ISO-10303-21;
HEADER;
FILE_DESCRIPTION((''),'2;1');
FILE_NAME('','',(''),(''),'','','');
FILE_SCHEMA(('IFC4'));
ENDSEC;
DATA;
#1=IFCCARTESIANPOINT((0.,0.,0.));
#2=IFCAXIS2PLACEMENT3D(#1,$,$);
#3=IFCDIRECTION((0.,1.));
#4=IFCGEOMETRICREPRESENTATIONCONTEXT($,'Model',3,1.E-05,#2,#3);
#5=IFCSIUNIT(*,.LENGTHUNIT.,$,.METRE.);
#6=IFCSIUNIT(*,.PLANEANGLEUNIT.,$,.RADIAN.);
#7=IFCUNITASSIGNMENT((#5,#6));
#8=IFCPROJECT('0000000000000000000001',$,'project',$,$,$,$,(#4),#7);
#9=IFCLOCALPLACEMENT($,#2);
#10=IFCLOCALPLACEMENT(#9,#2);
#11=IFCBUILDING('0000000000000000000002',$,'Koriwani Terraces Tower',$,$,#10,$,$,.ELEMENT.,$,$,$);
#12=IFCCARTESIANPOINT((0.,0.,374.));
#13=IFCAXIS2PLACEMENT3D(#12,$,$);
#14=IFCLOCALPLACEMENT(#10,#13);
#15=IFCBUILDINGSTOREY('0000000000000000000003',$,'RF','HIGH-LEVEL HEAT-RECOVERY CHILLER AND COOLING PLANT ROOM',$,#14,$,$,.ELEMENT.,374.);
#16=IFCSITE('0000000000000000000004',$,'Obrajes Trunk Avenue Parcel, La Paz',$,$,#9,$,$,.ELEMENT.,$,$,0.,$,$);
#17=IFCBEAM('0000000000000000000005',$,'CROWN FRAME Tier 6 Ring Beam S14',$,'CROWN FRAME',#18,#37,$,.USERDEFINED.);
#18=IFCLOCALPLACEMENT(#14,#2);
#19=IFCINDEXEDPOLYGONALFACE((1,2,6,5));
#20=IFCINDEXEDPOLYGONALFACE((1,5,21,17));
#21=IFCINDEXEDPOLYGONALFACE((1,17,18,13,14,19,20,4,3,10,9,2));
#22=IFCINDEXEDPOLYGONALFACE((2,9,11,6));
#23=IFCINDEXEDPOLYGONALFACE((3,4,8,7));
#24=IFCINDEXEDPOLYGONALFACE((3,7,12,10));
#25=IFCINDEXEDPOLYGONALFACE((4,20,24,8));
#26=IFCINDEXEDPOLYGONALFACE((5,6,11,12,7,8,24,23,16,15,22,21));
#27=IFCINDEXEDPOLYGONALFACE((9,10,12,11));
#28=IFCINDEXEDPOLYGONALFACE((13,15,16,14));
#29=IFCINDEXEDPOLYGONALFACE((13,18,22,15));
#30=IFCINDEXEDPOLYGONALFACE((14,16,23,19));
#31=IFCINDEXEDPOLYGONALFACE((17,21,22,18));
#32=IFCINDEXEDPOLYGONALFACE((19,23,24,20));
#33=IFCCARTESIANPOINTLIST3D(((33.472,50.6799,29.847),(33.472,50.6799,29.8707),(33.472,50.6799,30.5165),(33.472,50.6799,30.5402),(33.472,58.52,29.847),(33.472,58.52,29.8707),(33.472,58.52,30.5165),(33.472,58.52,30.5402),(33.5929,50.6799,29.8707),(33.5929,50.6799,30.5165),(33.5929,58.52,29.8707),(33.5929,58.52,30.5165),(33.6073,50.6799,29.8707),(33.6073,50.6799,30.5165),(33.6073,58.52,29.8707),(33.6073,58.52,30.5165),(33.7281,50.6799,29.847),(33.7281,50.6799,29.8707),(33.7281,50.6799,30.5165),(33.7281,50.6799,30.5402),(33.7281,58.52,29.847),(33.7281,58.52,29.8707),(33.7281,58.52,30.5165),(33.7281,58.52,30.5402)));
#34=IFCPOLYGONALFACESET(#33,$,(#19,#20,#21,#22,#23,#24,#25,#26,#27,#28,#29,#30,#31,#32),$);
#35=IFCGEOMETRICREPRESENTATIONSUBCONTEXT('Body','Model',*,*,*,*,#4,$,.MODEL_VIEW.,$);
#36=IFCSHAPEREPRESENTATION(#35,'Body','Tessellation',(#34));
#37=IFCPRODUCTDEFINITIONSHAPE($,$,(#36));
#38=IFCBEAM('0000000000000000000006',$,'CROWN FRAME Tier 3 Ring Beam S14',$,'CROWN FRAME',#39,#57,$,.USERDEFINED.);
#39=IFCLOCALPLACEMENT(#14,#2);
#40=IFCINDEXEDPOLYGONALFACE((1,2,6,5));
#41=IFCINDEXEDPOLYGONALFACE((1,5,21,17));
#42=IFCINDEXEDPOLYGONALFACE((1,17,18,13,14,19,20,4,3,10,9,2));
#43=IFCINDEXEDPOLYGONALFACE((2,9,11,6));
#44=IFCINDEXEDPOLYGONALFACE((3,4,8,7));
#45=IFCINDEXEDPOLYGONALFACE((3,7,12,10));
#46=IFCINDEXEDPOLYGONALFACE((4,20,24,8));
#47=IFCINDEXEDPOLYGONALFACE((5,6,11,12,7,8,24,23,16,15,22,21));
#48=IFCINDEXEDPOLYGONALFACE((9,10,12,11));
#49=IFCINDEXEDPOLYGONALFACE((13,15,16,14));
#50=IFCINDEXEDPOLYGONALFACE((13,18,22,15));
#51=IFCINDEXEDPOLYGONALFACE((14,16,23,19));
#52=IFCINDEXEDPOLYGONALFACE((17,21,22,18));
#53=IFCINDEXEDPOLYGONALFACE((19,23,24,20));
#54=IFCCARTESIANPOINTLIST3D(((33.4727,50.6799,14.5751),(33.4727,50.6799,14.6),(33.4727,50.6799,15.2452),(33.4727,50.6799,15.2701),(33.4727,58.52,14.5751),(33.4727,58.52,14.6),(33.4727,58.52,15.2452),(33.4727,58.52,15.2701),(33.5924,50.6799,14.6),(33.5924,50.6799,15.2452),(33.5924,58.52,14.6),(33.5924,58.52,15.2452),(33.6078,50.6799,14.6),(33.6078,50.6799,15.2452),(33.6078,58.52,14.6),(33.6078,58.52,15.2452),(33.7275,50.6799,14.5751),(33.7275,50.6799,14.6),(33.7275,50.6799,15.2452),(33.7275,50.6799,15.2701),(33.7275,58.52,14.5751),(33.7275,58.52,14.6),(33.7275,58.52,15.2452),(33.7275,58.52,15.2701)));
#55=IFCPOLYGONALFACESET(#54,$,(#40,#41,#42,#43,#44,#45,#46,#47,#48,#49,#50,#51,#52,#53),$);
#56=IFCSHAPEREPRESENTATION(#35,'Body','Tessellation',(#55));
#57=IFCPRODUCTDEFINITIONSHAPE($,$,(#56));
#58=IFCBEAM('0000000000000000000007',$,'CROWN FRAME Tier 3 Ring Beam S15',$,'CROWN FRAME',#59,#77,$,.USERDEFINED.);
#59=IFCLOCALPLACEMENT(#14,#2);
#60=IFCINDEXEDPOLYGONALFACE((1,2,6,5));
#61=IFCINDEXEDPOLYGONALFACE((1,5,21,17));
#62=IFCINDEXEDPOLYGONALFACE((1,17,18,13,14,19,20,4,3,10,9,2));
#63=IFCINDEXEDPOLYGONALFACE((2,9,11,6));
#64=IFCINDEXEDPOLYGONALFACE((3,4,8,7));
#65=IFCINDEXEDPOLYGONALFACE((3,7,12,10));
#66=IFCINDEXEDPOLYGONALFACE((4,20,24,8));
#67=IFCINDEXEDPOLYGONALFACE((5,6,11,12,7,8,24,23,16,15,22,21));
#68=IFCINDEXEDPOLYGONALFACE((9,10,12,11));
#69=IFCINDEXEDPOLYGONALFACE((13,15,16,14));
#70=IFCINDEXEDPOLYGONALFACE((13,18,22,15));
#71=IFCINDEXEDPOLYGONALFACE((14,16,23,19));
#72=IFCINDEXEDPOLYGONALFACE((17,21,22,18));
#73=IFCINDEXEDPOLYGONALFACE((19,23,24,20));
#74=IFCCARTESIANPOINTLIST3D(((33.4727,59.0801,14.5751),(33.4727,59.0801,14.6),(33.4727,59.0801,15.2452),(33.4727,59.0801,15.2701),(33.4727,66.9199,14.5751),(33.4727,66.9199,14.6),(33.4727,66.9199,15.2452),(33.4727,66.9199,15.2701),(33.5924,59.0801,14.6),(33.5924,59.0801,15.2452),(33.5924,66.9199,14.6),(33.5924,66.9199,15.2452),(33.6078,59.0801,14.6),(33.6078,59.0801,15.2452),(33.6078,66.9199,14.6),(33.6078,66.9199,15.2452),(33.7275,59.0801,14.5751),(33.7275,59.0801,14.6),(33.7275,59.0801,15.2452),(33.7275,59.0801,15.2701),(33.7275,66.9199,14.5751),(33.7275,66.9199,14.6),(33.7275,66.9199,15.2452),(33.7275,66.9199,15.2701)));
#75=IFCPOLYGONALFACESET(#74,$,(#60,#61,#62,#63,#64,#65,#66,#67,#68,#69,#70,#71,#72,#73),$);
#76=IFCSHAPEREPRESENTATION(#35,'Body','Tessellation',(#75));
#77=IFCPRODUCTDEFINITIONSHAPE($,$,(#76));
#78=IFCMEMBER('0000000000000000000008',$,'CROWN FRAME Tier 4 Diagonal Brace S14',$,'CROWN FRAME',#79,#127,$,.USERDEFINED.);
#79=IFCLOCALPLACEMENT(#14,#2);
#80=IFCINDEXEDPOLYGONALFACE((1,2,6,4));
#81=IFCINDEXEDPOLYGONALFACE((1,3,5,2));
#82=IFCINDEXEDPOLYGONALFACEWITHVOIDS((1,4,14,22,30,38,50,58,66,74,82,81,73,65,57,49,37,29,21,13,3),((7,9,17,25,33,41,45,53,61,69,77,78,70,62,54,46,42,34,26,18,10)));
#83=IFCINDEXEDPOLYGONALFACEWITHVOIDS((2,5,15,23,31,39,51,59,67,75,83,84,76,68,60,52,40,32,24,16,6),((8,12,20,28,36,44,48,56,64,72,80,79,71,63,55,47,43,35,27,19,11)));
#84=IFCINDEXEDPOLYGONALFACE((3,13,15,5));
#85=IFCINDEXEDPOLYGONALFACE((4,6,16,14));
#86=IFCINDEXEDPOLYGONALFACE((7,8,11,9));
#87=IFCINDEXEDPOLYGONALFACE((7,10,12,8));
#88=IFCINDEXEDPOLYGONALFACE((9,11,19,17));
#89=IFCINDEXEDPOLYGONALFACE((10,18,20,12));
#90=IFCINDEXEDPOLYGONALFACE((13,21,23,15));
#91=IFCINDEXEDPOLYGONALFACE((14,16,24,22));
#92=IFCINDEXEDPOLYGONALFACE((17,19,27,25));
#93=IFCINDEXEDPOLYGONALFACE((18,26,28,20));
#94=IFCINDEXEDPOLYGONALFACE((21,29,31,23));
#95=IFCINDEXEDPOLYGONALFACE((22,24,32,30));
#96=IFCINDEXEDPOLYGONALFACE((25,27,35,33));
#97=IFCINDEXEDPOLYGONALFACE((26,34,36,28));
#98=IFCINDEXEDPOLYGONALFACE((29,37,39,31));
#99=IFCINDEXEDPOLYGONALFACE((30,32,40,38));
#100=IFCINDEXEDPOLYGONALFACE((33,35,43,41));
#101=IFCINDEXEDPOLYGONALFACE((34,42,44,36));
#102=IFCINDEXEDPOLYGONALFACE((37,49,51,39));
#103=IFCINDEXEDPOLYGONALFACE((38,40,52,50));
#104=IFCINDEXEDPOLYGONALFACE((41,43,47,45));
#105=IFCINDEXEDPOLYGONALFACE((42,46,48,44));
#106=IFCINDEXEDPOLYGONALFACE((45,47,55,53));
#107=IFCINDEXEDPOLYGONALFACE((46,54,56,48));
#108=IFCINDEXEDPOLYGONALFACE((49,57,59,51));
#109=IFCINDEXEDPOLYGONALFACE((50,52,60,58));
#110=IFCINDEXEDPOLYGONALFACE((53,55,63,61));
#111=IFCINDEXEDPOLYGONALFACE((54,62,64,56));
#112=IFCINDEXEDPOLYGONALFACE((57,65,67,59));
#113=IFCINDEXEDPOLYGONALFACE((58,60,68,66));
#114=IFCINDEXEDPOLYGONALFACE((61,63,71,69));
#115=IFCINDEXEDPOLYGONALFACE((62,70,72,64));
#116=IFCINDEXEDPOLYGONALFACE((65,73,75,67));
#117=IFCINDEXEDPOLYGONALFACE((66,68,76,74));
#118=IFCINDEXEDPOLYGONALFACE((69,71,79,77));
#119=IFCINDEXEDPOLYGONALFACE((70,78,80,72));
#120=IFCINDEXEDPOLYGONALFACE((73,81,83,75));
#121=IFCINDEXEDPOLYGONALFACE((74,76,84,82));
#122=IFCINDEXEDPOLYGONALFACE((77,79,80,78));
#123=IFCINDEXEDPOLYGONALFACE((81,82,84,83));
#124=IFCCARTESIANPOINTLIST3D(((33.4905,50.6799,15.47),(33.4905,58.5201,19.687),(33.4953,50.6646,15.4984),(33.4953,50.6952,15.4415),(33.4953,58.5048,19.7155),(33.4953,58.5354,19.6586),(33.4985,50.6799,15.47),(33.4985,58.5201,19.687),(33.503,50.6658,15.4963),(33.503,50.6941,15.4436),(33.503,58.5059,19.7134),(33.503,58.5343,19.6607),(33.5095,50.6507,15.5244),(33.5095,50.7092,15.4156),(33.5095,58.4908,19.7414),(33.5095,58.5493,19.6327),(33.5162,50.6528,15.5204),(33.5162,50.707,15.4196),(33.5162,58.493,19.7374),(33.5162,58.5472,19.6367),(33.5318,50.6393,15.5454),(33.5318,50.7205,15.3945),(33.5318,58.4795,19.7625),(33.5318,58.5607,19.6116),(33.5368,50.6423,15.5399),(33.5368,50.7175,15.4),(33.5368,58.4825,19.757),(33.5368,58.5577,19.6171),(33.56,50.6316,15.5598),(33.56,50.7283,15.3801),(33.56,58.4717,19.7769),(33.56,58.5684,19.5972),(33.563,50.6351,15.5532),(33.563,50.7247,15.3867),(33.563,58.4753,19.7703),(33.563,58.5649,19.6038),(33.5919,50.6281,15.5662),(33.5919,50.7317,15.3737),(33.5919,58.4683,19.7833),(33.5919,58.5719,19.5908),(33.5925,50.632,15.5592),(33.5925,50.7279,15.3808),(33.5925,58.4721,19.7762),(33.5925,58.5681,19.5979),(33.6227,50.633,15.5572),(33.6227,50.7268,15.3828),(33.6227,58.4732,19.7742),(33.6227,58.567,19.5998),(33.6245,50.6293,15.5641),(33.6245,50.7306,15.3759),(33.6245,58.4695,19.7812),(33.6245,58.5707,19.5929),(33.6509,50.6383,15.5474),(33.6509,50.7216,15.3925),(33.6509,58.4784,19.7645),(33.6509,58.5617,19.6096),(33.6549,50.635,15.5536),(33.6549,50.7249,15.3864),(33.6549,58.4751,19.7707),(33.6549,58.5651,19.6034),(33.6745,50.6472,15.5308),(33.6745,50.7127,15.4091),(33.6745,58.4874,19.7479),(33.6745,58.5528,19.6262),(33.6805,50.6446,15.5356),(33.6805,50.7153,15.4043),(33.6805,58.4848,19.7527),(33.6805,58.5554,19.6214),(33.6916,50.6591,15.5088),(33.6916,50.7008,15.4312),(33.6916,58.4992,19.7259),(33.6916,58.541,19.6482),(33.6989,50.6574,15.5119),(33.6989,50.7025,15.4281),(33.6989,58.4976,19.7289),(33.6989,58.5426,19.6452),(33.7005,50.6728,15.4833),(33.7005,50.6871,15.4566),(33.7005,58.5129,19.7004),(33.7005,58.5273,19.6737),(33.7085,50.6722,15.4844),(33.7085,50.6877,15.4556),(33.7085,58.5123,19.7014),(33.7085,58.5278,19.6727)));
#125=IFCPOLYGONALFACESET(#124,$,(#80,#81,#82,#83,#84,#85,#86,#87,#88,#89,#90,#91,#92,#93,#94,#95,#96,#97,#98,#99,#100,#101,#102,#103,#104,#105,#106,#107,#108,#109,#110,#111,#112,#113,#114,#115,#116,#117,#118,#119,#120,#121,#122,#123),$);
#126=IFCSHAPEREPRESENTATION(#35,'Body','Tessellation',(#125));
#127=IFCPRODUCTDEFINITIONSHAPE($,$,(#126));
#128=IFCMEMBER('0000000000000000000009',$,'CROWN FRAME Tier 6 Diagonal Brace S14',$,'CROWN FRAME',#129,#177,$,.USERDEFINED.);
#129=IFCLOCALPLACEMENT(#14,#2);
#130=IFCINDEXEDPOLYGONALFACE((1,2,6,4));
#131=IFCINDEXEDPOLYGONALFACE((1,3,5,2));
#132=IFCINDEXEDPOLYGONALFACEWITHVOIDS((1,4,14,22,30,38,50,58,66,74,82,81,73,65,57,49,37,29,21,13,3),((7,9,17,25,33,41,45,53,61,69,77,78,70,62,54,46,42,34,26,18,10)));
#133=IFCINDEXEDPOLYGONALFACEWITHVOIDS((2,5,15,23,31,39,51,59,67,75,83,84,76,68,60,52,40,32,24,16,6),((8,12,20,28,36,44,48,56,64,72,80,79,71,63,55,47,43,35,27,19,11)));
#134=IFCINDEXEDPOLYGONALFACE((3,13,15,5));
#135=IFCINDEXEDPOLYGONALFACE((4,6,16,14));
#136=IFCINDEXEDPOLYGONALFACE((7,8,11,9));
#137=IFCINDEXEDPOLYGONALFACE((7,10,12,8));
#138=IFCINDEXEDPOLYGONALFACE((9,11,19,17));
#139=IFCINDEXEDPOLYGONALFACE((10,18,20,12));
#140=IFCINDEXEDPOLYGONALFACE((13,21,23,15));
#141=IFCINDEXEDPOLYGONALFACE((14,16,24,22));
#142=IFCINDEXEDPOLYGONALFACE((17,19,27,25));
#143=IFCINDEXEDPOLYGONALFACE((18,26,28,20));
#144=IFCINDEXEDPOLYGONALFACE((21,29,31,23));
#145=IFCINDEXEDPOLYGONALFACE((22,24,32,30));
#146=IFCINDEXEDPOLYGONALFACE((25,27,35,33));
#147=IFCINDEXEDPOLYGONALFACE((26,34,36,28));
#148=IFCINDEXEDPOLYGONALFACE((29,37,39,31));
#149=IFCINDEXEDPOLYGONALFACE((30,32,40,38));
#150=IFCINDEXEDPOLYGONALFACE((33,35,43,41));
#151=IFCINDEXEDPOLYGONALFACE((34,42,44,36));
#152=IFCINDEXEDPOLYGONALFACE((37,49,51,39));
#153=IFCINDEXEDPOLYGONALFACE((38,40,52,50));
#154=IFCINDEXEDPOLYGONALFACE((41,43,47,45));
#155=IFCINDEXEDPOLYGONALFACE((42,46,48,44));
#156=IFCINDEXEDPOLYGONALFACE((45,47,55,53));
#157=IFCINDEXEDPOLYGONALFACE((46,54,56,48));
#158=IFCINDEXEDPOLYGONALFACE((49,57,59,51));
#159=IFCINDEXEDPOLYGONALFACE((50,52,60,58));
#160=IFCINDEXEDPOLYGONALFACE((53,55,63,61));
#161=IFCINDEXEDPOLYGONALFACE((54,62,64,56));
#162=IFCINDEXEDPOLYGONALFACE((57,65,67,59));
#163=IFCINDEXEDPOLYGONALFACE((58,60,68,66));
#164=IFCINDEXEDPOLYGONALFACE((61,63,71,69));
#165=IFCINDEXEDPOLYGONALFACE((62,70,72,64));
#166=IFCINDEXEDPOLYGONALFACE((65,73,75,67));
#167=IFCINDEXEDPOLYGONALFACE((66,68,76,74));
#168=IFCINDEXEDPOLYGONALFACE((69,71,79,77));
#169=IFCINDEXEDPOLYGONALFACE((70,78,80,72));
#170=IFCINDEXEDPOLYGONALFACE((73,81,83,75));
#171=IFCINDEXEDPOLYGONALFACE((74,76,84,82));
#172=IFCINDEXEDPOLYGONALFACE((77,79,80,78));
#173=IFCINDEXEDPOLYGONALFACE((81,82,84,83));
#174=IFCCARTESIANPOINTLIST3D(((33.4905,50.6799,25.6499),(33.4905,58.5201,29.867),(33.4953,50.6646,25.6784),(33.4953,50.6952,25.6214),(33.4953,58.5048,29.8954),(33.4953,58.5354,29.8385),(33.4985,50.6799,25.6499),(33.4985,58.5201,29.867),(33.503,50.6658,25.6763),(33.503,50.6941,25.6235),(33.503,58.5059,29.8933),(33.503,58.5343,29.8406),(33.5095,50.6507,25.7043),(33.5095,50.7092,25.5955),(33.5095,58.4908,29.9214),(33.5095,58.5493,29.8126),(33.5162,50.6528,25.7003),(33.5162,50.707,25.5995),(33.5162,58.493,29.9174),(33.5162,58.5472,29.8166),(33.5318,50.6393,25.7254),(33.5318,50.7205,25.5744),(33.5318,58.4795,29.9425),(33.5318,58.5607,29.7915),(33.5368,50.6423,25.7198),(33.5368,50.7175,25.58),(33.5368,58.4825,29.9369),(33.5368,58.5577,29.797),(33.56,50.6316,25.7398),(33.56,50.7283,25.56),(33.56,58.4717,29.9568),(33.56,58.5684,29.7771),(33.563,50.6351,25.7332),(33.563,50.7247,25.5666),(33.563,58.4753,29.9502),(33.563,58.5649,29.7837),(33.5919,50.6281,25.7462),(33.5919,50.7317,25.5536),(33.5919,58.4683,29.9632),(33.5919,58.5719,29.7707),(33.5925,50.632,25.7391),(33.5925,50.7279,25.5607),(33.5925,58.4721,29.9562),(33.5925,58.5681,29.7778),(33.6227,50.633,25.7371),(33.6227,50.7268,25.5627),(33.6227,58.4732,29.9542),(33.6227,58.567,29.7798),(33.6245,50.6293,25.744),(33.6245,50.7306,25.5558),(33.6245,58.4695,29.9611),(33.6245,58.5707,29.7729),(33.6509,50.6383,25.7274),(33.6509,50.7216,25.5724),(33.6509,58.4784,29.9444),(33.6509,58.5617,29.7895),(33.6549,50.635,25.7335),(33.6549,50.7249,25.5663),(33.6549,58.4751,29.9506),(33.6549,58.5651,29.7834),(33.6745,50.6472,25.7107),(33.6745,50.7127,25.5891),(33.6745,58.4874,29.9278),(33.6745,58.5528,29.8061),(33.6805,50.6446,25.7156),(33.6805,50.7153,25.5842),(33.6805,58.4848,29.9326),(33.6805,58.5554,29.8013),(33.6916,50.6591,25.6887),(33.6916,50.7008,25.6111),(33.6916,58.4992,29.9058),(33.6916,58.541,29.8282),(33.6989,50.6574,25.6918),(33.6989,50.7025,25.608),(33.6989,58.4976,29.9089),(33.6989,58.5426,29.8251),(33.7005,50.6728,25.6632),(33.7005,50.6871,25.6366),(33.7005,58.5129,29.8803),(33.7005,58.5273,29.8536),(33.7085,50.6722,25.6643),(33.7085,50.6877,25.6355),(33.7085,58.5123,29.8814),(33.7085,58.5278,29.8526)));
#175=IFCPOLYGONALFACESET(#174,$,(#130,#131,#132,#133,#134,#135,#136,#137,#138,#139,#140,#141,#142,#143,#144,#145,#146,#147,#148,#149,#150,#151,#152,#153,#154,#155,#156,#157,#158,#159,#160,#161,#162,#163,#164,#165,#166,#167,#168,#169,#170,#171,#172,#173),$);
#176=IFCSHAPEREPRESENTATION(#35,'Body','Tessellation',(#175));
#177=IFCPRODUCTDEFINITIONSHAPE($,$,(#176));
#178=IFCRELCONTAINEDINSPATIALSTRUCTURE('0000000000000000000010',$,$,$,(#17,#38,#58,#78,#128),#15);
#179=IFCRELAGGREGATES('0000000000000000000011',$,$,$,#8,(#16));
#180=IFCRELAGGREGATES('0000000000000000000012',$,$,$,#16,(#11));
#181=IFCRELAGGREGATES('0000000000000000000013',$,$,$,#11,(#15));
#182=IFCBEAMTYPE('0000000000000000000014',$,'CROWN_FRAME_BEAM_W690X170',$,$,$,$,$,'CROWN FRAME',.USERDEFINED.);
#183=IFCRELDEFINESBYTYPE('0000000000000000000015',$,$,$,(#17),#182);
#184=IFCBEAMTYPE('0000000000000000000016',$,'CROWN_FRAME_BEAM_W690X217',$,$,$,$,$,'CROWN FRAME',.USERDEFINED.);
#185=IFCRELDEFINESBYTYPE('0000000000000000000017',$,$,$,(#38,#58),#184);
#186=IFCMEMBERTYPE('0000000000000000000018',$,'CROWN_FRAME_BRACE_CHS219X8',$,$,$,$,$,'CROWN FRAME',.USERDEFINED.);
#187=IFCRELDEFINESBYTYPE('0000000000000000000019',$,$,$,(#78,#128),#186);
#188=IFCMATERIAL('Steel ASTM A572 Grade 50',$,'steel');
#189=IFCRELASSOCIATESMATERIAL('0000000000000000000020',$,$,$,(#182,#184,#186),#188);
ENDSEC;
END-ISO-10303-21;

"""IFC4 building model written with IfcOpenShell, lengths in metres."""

from ifc_helpers import new_model, si_unit, direction, frame, origin, origin_2d, place, context, subcontext, project, spatial, hollow_circle, i_section, extrude, material, material_profile, profile_set, type_object, element, save


model = new_model("IFC4")

# Units and contexts
model_context = context("Model", 3, precision=1e-05, world=origin(), true_north=direction((0.0, 1.0)))
body_context = subcontext(model_context, "Body", "Model", "MODEL_VIEW")
ifc_project = project(units=[si_unit("LENGTHUNIT", "METRE"), si_unit("PLANEANGLEUNIT", "RADIAN")], contexts=[model_context])

# Site, building, storey
site_placement = place(None, origin())
site = spatial("IfcSite", under=ifc_project, at=site_placement, Name="Obrajes Trunk Avenue Parcel, La Paz", CompositionType="ELEMENT", RefElevation=0.0)
building_placement = place(site_placement, origin())
building = spatial("IfcBuilding", under=site, at=building_placement, Name="Koriwani Terraces Tower", CompositionType="ELEMENT")
storey_placement = place(building_placement, frame((0.0, 0.0, 374.0)))
storey = spatial("IfcBuildingStorey", under=building, at=storey_placement, Name="RF", Description="HIGH-LEVEL HEAT-RECOVERY CHILLER AND COOLING PLANT ROOM", CompositionType="ELEMENT", Elevation=374.0)

# Shared definitions
ifc_material_1 = material(Name="Steel ASTM A572 Grade 50", Category="steel")

# Beams
ifc_material_profile_1 = material_profile(ifc_material_1, i_section(OverallWidth=0.2561, OverallDepth=0.6931, WebThickness=0.0144, FlangeThickness=0.0237, at=origin_2d()), Name="Steel ASTM A572 Grade 50", Category="LoadBearing")
ifc_profile_set_1 = profile_set([ifc_material_profile_1], Name="Steel ASTM A572 Grade 50")
beam_type_1 = type_object("IfcBeamType", Name="CROWN_FRAME_BEAM_W690X170", ElementType="CROWN FRAME", PredefinedType="USERDEFINED", material=ifc_profile_set_1)
beam_1_placement = place(storey_placement, frame((33.6001, 50.6799, 30.1936), z_axis=(0.0, 1.0, 0.0), x_axis=(-1.0, 0.0, 0.0)))
element("IfcBeam", 1, at=beam_1_placement, inside=storey, type_object=beam_type_1, Name="CROWN FRAME Tier 6 Ring Beam S14", ObjectType="CROWN FRAME", PredefinedType="USERDEFINED", context=body_context, shape_type="SweptSolid", body=[
    extrude(i_section(OverallWidth=0.2561, OverallDepth=0.6931, WebThickness=0.0144, FlangeThickness=0.0237, at=origin_2d()), origin(), (0.0, 0.0, 1.0), 7.8401),
])
ifc_material_profile_2 = material_profile(ifc_material_1, i_section(OverallWidth=0.2549, OverallDepth=0.6951, WebThickness=0.0154, FlangeThickness=0.0249, at=origin_2d()), Name="Steel ASTM A572 Grade 50", Category="LoadBearing")
ifc_profile_set_2 = profile_set([ifc_material_profile_2], Name="Steel ASTM A572 Grade 50")
beam_type_2 = type_object("IfcBeamType", Name="CROWN_FRAME_BEAM_W690X217", ElementType="CROWN FRAME", PredefinedType="USERDEFINED", material=ifc_profile_set_2)
beam_2_placement = place(storey_placement, frame((33.6001, 50.6799, 14.9226), z_axis=(0.0, 1.0, 0.0), x_axis=(-1.0, 0.0, 0.0)))
element("IfcBeam", 2, at=beam_2_placement, inside=storey, type_object=beam_type_2, Name="CROWN FRAME Tier 3 Ring Beam S14", ObjectType="CROWN FRAME", PredefinedType="USERDEFINED", context=body_context, shape_type="SweptSolid", body=[
    extrude(i_section(OverallWidth=0.2549, OverallDepth=0.6951, WebThickness=0.0154, FlangeThickness=0.0249, at=origin_2d()), origin(), (0.0, 0.0, 1.0), 7.8401),
])
beam_3_placement = place(storey_placement, frame((33.6001, 59.0801, 14.9226), z_axis=(0.0, 1.0, 0.0), x_axis=(-1.0, 0.0, 0.0)))
element("IfcBeam", 3, at=beam_3_placement, inside=storey, type_object=beam_type_2, Name="CROWN FRAME Tier 3 Ring Beam S15", ObjectType="CROWN FRAME", PredefinedType="USERDEFINED", context=body_context, shape_type="SweptSolid", body=[
    extrude(i_section(OverallWidth=0.2549, OverallDepth=0.6951, WebThickness=0.0154, FlangeThickness=0.0249, at=origin_2d()), origin(), (0.0, 0.0, 1.0), 7.8398),
])

# Members
ifc_material_profile_3 = material_profile(ifc_material_1, hollow_circle(Radius=0.1096, WallThickness=0.0081, at=origin_2d()), Name="Steel ASTM A572 Grade 50", Category="LoadBearing")
ifc_profile_set_3 = profile_set([ifc_material_profile_3], Name="Steel ASTM A572 Grade 50")
member_type_1 = type_object("IfcMemberType", Name="CROWN_FRAME_BRACE_CHS219X8", ElementType="CROWN FRAME", PredefinedType="USERDEFINED", material=ifc_profile_set_3)
for number, where, z_axis, x_axis, name in (
    (4, (33.6001, 50.6799, 15.47), (0.0, 0.880684, 0.473704), (-1.0, 0.0, 0.0), "CROWN FRAME Tier 4 Diagonal Brace S14"),
    (5, (33.6001, 50.6799, 25.6499), (0.0, 0.880684, 0.473704), (-1.0, 0.0, 0.0), "CROWN FRAME Tier 6 Diagonal Brace S14"),
):
    element("IfcMember", number, at=place(storey_placement, frame(where, z_axis=z_axis, x_axis=x_axis)), inside=storey, type_object=member_type_1, Name=name, ObjectType="CROWN FRAME", PredefinedType="USERDEFINED", context=body_context, shape_type="SweptSolid", body=[
        extrude(hollow_circle(Radius=0.1096, WallThickness=0.0081, at=origin_2d()), origin(), (0.0, 0.0, 1.0), 8.9023),
    ])

save(model, "model.ifc")
